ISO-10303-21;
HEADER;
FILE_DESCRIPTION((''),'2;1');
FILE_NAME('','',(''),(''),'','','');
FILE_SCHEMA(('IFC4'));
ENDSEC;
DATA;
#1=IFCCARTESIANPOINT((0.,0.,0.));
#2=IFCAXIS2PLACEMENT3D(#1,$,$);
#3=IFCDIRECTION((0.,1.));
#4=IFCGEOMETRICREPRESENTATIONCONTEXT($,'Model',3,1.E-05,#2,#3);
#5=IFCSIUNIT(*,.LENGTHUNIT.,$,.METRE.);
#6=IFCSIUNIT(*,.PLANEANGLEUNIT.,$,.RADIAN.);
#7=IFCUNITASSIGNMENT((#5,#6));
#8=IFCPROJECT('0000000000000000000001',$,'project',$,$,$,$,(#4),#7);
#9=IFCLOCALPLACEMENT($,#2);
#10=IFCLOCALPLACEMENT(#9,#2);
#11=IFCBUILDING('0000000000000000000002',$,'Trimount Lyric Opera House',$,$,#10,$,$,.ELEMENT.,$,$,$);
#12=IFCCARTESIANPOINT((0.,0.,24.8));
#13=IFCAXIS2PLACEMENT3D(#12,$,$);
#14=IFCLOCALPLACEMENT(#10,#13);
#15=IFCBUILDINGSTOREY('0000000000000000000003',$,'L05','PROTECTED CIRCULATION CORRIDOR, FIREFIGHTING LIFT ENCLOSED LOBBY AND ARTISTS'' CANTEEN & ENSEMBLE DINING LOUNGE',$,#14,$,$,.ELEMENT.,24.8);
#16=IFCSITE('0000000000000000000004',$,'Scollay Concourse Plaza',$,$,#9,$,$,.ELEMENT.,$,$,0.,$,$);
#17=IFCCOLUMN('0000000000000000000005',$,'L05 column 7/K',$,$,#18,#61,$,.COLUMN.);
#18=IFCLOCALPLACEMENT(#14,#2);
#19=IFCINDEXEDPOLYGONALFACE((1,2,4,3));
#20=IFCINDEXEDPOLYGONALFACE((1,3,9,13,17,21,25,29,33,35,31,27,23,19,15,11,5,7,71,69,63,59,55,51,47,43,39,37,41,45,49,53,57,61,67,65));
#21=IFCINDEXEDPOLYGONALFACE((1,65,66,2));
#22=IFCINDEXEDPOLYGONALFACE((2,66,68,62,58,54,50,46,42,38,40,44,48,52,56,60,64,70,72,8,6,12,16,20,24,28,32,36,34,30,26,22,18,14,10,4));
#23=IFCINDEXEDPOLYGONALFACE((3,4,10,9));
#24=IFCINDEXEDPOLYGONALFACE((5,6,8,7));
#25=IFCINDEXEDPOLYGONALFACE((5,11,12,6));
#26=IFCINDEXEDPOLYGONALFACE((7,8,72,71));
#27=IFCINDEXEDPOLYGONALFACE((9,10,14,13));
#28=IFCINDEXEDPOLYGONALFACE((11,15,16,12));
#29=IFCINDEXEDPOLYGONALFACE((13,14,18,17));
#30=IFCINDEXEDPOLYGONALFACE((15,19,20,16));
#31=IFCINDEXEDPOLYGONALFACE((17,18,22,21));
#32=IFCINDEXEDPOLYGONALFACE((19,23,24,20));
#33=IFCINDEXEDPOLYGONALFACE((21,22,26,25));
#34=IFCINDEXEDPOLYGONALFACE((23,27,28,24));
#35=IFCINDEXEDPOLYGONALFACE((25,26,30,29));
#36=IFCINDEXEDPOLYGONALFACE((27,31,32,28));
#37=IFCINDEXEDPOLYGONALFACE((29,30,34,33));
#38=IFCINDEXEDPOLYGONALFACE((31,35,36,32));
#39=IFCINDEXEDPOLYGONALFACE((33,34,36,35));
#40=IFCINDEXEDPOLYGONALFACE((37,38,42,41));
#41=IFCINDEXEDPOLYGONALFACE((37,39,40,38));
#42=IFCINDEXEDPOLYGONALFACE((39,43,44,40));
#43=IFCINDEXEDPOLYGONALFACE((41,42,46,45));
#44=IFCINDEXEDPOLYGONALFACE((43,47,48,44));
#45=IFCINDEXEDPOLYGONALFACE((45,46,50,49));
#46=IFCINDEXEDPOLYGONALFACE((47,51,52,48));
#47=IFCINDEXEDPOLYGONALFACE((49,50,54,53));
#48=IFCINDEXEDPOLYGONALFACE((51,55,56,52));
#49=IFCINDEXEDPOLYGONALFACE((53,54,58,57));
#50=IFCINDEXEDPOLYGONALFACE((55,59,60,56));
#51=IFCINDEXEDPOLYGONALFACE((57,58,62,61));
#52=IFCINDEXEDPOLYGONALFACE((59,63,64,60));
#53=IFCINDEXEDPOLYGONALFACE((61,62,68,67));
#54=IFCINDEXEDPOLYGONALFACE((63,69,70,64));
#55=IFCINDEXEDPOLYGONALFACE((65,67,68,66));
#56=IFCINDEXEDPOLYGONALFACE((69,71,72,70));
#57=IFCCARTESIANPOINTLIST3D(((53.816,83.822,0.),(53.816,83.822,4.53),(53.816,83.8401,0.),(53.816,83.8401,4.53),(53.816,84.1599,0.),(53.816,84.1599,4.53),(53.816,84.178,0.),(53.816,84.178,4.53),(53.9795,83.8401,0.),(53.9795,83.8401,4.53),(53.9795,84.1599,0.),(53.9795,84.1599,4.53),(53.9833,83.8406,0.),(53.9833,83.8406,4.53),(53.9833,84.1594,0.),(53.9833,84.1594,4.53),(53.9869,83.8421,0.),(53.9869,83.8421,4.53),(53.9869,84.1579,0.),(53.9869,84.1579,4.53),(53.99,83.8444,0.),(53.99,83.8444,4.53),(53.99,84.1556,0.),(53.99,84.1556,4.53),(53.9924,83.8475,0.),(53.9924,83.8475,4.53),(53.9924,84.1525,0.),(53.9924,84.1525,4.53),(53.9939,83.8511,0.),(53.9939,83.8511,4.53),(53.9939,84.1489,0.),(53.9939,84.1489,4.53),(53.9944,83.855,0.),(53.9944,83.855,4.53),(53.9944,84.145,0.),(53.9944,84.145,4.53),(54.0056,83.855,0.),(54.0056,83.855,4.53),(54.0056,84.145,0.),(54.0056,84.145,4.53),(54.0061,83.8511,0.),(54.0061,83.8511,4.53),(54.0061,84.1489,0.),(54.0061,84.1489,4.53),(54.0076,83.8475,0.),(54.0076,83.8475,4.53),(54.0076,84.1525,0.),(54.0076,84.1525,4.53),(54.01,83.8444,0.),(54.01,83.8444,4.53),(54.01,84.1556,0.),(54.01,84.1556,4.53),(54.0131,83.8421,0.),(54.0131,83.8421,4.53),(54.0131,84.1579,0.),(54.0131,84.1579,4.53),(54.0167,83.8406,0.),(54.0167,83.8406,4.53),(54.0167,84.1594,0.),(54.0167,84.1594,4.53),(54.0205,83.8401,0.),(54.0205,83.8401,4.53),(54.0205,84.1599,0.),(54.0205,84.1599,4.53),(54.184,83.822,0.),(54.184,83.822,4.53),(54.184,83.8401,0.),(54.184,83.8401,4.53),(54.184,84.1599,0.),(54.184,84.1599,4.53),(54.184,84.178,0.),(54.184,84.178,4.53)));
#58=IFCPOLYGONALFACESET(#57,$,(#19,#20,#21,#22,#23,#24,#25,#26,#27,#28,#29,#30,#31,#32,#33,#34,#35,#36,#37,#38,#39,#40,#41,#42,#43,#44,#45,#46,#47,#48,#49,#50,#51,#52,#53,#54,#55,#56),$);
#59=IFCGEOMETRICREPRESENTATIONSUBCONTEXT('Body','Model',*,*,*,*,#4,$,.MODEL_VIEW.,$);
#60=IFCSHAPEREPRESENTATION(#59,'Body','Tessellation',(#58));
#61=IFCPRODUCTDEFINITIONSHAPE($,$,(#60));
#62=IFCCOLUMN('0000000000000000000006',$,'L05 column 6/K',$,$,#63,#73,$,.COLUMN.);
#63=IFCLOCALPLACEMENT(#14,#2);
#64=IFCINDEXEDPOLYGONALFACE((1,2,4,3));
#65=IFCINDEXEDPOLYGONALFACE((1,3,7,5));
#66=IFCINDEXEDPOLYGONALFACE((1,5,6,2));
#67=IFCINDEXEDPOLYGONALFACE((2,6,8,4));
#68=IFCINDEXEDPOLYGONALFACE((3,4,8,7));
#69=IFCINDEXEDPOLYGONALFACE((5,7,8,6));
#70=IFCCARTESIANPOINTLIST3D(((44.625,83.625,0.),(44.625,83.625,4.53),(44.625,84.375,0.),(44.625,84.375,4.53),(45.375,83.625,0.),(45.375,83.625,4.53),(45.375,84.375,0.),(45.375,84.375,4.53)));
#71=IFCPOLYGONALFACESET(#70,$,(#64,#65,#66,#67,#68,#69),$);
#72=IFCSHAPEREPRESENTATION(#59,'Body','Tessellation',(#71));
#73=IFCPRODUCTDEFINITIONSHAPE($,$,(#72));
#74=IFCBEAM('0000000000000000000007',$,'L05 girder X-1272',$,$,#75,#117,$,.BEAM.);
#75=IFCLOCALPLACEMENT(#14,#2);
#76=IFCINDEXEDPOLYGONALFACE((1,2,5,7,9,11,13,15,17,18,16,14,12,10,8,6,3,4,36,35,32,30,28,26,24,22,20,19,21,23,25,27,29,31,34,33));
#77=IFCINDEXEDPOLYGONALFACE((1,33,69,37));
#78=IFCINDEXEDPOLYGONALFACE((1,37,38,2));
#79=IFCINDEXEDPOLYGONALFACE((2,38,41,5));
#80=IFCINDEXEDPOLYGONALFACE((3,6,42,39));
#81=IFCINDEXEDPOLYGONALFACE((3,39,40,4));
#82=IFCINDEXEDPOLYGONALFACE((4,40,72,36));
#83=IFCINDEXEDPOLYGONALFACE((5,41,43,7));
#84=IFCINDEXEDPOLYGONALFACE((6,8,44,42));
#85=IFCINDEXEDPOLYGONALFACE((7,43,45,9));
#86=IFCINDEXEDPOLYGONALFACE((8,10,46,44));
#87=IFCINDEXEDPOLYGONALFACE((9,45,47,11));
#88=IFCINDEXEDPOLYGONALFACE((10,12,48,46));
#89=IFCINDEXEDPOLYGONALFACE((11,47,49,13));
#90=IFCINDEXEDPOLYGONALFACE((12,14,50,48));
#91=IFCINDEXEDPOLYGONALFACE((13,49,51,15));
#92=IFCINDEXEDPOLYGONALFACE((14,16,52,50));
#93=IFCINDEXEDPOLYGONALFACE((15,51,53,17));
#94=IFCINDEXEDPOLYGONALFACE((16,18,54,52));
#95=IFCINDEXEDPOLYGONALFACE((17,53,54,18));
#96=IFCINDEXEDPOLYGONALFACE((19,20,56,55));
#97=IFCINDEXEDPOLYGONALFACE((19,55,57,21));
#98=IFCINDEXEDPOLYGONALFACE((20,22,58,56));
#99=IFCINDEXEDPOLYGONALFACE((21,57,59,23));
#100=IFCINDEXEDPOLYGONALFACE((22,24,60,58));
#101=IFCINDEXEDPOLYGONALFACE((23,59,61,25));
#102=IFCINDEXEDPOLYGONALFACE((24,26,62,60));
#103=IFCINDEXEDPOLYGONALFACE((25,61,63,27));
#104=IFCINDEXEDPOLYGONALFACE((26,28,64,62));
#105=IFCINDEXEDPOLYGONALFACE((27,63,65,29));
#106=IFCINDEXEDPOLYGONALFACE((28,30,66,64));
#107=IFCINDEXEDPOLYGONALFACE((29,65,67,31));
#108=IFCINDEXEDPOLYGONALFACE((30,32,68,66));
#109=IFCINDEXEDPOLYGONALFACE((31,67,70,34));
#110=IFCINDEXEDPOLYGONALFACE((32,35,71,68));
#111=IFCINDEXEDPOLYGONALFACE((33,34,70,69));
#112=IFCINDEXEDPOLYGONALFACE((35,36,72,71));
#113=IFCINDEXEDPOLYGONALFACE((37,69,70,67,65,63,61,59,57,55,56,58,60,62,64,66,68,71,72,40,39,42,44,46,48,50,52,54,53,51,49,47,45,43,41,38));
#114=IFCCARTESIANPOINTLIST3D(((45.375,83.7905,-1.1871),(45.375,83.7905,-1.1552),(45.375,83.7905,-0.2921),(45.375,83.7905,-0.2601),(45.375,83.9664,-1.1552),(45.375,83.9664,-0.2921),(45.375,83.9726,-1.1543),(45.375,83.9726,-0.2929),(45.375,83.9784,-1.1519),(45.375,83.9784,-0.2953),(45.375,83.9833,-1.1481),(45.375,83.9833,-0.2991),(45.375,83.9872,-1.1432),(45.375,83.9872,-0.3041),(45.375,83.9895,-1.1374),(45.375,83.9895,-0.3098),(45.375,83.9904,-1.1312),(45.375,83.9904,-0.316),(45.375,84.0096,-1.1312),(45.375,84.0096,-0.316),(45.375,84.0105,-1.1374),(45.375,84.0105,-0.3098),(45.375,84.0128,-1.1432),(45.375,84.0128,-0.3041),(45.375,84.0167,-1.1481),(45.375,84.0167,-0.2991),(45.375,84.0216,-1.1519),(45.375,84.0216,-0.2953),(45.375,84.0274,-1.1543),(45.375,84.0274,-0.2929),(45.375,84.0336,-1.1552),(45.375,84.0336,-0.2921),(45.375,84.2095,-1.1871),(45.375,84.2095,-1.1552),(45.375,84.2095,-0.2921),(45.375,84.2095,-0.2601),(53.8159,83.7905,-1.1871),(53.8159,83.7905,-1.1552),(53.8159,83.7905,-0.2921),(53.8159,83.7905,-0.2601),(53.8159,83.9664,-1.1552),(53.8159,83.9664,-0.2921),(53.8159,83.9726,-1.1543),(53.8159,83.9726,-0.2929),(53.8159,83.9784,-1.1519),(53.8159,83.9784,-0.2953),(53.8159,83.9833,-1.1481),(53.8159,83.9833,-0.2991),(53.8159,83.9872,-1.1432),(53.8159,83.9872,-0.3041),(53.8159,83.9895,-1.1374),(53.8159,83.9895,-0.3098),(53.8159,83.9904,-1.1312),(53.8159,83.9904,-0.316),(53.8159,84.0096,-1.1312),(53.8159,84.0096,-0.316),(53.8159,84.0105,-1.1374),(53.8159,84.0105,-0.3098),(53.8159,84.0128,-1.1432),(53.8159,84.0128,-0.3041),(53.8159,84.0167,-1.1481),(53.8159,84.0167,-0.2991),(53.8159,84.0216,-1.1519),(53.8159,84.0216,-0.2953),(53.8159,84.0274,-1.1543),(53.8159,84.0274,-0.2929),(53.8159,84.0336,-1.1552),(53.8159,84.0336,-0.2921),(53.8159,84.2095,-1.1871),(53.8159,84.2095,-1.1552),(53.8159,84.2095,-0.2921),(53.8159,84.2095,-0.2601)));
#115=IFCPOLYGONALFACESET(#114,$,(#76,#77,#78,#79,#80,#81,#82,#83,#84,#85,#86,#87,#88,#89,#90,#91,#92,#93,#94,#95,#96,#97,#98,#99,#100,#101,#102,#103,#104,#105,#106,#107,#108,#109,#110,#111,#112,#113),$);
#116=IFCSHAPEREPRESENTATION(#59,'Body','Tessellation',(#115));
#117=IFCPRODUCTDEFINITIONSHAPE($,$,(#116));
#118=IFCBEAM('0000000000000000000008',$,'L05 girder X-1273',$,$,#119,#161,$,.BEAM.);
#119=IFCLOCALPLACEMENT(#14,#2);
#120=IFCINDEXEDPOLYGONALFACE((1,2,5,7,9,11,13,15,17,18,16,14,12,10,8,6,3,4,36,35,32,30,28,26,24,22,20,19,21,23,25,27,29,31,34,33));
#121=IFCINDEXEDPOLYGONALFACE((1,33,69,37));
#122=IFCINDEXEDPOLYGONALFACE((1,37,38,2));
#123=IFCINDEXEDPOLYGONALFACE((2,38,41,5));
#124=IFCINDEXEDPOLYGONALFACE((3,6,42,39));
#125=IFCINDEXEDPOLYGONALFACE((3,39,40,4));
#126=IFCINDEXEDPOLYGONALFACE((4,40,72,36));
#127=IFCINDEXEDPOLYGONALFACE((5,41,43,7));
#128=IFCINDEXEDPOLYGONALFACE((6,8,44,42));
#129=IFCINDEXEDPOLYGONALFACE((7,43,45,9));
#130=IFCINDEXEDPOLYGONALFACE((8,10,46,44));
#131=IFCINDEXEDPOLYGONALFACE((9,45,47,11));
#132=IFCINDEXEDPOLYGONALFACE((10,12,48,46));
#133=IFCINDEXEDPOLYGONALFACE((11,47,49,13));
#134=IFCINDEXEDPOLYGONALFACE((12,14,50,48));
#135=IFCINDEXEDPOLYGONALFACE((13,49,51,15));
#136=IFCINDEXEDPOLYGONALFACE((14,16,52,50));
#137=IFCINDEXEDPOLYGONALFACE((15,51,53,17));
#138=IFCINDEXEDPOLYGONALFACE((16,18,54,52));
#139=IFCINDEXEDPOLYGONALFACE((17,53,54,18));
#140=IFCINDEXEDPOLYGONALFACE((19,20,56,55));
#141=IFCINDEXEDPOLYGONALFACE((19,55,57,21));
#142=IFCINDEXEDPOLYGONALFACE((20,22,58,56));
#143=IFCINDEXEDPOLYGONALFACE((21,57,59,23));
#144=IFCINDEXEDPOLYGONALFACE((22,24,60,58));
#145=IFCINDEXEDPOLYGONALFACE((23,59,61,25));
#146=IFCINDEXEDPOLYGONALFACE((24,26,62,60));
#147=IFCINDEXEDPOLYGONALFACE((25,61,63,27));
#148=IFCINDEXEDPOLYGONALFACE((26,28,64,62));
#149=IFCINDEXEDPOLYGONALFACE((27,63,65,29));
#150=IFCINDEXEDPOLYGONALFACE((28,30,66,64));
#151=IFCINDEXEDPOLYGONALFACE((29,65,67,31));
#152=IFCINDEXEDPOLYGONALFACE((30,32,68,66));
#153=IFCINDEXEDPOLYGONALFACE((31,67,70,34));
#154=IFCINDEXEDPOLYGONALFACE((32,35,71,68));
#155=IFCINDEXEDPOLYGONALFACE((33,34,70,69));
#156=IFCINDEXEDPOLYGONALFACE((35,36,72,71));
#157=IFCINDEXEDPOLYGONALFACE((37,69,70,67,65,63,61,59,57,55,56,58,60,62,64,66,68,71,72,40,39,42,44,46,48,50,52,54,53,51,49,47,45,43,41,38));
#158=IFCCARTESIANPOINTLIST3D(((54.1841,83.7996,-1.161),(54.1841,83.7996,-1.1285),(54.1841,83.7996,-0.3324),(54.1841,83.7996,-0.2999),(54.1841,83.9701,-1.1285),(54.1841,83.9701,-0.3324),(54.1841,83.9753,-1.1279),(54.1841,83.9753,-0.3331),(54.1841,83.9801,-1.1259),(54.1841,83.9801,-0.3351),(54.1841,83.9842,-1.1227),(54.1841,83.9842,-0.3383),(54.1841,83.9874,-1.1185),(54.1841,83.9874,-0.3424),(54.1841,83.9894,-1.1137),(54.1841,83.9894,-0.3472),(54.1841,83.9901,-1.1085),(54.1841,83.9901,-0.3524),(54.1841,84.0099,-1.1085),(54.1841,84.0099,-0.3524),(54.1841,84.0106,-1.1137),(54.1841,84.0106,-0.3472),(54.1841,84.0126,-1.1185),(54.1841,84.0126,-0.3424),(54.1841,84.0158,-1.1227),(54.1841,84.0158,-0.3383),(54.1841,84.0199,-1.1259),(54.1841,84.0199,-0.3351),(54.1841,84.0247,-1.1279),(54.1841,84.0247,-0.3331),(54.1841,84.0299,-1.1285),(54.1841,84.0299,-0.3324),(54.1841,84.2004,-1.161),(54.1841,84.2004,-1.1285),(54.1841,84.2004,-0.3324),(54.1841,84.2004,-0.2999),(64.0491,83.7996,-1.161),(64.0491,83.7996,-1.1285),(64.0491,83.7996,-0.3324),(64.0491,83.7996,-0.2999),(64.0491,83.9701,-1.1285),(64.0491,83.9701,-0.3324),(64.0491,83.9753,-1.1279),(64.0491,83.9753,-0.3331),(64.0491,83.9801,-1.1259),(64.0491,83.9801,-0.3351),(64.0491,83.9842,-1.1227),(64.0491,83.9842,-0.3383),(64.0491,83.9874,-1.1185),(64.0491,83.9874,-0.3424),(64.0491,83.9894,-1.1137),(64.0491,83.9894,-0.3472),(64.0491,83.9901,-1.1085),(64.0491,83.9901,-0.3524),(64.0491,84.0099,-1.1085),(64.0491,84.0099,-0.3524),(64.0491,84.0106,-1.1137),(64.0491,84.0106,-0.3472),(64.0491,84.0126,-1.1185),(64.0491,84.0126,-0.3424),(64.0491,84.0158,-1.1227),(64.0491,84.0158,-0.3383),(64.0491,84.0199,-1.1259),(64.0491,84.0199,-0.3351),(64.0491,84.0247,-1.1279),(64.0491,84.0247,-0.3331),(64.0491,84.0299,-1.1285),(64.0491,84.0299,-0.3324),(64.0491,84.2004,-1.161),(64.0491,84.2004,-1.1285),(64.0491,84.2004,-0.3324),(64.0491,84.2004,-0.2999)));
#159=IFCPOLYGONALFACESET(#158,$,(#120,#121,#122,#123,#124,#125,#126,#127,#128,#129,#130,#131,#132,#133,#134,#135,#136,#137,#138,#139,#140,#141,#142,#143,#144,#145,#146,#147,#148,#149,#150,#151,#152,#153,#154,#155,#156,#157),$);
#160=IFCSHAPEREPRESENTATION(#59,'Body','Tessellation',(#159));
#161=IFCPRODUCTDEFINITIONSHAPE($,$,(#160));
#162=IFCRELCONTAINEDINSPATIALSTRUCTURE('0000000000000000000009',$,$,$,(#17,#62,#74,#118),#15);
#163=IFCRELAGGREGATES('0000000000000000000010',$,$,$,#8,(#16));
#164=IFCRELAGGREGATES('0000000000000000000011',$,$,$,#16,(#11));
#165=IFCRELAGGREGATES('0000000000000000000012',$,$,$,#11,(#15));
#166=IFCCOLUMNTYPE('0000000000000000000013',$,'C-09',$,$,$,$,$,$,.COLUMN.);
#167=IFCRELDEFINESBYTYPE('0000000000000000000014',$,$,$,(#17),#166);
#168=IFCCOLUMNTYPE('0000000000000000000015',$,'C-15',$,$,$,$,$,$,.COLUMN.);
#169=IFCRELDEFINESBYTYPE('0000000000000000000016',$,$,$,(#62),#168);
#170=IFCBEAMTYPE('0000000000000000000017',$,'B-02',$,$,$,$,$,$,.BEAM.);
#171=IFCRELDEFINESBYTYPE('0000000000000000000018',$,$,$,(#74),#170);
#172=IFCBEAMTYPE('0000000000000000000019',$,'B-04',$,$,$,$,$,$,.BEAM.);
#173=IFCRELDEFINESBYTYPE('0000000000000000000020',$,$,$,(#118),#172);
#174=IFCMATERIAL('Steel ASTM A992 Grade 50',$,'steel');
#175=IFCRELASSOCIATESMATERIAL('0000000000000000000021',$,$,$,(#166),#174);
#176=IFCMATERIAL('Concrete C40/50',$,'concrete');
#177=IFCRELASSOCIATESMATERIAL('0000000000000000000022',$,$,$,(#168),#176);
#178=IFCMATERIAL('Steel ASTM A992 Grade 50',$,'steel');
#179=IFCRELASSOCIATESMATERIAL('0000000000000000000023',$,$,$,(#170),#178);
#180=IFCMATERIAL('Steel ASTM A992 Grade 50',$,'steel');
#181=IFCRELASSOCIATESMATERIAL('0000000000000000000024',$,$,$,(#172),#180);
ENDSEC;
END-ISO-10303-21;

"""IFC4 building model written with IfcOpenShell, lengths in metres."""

from ifc_helpers import new_model, si_unit, direction, frame, origin, origin_2d, place, context, subcontext, project, spatial, rectangle, i_section, extrude, material, material_profile, profile_set, type_object, element, save


model = new_model("IFC4")

# Units and contexts
model_context = context("Model", 3, precision=1e-05, world=origin(), true_north=direction((0.0, 1.0)))
body_context = subcontext(model_context, "Body", "Model", "MODEL_VIEW")
ifc_project = project(units=[si_unit("LENGTHUNIT", "METRE"), si_unit("PLANEANGLEUNIT", "RADIAN")], contexts=[model_context])

# Site, building, storey
site_placement = place(None, origin())
site = spatial("IfcSite", under=ifc_project, at=site_placement, Name="Scollay Concourse Plaza", CompositionType="ELEMENT", RefElevation=0.0)
building_placement = place(site_placement, origin())
building = spatial("IfcBuilding", under=site, at=building_placement, Name="Trimount Lyric Opera House", CompositionType="ELEMENT")
storey_placement = place(building_placement, frame((0.0, 0.0, 24.8)))
storey = spatial("IfcBuildingStorey", under=building, at=storey_placement, Name="L05", Description="PROTECTED CIRCULATION CORRIDOR, FIREFIGHTING LIFT ENCLOSED LOBBY AND ARTISTS' CANTEEN & ENSEMBLE DINING LOUNGE", CompositionType="ELEMENT", Elevation=24.8)

# Columns
ifc_material_1 = material(Name="Steel ASTM A992 Grade 50", Category="steel")
ifc_material_profile_1 = material_profile(ifc_material_1, i_section(OverallWidth=0.3679, OverallDepth=0.356, WebThickness=0.0112, FlangeThickness=0.0181, FilletRadius=0.0149, at=origin_2d()), Name="W14X90")
ifc_profile_set_1 = profile_set([ifc_material_profile_1], Name="Steel ASTM A992 Grade 50")
column_type_1 = type_object("IfcColumnType", Name="C-09", PredefinedType="COLUMN", material=ifc_profile_set_1)
column_1_placement = place(storey_placement, frame((54.0, 84.0, 0.0), z_axis=(0.0, 0.0, 1.0), x_axis=(1.0, 0.0, 0.0)))
element("IfcColumn", 1, at=column_1_placement, inside=storey, type_object=column_type_1, Name="L05 column 7/K", PredefinedType="COLUMN", context=body_context, shape_type="SweptSolid", body=[
    extrude(i_section(OverallWidth=0.3679, OverallDepth=0.356, WebThickness=0.0112, FlangeThickness=0.0181, FilletRadius=0.0149, at=origin_2d()), origin(), (0.0, 0.0, 1.0), 4.53),
])
ifc_material_2 = material(Name="Concrete C40/50", Category="concrete")
ifc_material_profile_2 = material_profile(ifc_material_2, rectangle(XDim=0.75, YDim=0.75, at=origin_2d()), Name="RC750X750")
ifc_profile_set_2 = profile_set([ifc_material_profile_2], Name="Concrete C40/50")
column_type_2 = type_object("IfcColumnType", Name="C-15", PredefinedType="COLUMN", material=ifc_profile_set_2)
column_2_placement = place(storey_placement, frame((45.0, 84.0, 0.0), z_axis=(0.0, 0.0, 1.0), x_axis=(1.0, 0.0, 0.0)))
element("IfcColumn", 2, at=column_2_placement, inside=storey, type_object=column_type_2, Name="L05 column 6/K", PredefinedType="COLUMN", context=body_context, shape_type="SweptSolid", body=[
    extrude(rectangle(XDim=0.75, YDim=0.75, at=origin_2d()), origin(), (0.0, 0.0, 1.0), 4.53),
])

# Beams
ifc_material_3 = material(Name="Steel ASTM A992 Grade 50", Category="steel")
ifc_material_profile_3 = material_profile(ifc_material_3, i_section(OverallWidth=0.4189, OverallDepth=0.927, WebThickness=0.0193, FlangeThickness=0.032, FilletRadius=0.0239, at=origin_2d()), Name="W36X231")
ifc_profile_set_3 = profile_set([ifc_material_profile_3], Name="Steel ASTM A992 Grade 50")
beam_type_1 = type_object("IfcBeamType", Name="B-02", PredefinedType="BEAM", material=ifc_profile_set_3)
beam_1_placement = place(storey_placement, frame((45.375, 84.0, -0.7236), z_axis=(1.0, 0.0, 0.0), x_axis=(0.0, 1.0, 0.0)))
element("IfcBeam", 3, at=beam_1_placement, inside=storey, type_object=beam_type_1, Name="L05 girder X-1272", PredefinedType="BEAM", context=body_context, shape_type="SweptSolid", body=[
    extrude(i_section(OverallWidth=0.4189, OverallDepth=0.927, WebThickness=0.0193, FlangeThickness=0.032, FilletRadius=0.0239, at=origin_2d()), origin(), (0.0, 0.0, 1.0), 8.4409),
])
ifc_material_4 = material(Name="Steel ASTM A992 Grade 50", Category="steel")
ifc_material_profile_4 = material_profile(ifc_material_4, i_section(OverallWidth=0.4009, OverallDepth=0.8611, WebThickness=0.0198, FlangeThickness=0.0325, FilletRadius=0.02, at=origin_2d()), Name="W33X221")
ifc_profile_set_4 = profile_set([ifc_material_profile_4], Name="Steel ASTM A992 Grade 50")
beam_type_2 = type_object("IfcBeamType", Name="B-04", PredefinedType="BEAM", material=ifc_profile_set_4)
beam_2_placement = place(storey_placement, frame((54.1841, 84.0, -0.7305), z_axis=(1.0, 0.0, 0.0), x_axis=(0.0, 1.0, 0.0)))
element("IfcBeam", 4, at=beam_2_placement, inside=storey, type_object=beam_type_2, Name="L05 girder X-1273", PredefinedType="BEAM", context=body_context, shape_type="SweptSolid", body=[
    extrude(i_section(OverallWidth=0.4009, OverallDepth=0.8611, WebThickness=0.0198, FlangeThickness=0.0325, FilletRadius=0.02, at=origin_2d()), origin(), (0.0, 0.0, 1.0), 9.865),
])

save(model, "model.ifc")
